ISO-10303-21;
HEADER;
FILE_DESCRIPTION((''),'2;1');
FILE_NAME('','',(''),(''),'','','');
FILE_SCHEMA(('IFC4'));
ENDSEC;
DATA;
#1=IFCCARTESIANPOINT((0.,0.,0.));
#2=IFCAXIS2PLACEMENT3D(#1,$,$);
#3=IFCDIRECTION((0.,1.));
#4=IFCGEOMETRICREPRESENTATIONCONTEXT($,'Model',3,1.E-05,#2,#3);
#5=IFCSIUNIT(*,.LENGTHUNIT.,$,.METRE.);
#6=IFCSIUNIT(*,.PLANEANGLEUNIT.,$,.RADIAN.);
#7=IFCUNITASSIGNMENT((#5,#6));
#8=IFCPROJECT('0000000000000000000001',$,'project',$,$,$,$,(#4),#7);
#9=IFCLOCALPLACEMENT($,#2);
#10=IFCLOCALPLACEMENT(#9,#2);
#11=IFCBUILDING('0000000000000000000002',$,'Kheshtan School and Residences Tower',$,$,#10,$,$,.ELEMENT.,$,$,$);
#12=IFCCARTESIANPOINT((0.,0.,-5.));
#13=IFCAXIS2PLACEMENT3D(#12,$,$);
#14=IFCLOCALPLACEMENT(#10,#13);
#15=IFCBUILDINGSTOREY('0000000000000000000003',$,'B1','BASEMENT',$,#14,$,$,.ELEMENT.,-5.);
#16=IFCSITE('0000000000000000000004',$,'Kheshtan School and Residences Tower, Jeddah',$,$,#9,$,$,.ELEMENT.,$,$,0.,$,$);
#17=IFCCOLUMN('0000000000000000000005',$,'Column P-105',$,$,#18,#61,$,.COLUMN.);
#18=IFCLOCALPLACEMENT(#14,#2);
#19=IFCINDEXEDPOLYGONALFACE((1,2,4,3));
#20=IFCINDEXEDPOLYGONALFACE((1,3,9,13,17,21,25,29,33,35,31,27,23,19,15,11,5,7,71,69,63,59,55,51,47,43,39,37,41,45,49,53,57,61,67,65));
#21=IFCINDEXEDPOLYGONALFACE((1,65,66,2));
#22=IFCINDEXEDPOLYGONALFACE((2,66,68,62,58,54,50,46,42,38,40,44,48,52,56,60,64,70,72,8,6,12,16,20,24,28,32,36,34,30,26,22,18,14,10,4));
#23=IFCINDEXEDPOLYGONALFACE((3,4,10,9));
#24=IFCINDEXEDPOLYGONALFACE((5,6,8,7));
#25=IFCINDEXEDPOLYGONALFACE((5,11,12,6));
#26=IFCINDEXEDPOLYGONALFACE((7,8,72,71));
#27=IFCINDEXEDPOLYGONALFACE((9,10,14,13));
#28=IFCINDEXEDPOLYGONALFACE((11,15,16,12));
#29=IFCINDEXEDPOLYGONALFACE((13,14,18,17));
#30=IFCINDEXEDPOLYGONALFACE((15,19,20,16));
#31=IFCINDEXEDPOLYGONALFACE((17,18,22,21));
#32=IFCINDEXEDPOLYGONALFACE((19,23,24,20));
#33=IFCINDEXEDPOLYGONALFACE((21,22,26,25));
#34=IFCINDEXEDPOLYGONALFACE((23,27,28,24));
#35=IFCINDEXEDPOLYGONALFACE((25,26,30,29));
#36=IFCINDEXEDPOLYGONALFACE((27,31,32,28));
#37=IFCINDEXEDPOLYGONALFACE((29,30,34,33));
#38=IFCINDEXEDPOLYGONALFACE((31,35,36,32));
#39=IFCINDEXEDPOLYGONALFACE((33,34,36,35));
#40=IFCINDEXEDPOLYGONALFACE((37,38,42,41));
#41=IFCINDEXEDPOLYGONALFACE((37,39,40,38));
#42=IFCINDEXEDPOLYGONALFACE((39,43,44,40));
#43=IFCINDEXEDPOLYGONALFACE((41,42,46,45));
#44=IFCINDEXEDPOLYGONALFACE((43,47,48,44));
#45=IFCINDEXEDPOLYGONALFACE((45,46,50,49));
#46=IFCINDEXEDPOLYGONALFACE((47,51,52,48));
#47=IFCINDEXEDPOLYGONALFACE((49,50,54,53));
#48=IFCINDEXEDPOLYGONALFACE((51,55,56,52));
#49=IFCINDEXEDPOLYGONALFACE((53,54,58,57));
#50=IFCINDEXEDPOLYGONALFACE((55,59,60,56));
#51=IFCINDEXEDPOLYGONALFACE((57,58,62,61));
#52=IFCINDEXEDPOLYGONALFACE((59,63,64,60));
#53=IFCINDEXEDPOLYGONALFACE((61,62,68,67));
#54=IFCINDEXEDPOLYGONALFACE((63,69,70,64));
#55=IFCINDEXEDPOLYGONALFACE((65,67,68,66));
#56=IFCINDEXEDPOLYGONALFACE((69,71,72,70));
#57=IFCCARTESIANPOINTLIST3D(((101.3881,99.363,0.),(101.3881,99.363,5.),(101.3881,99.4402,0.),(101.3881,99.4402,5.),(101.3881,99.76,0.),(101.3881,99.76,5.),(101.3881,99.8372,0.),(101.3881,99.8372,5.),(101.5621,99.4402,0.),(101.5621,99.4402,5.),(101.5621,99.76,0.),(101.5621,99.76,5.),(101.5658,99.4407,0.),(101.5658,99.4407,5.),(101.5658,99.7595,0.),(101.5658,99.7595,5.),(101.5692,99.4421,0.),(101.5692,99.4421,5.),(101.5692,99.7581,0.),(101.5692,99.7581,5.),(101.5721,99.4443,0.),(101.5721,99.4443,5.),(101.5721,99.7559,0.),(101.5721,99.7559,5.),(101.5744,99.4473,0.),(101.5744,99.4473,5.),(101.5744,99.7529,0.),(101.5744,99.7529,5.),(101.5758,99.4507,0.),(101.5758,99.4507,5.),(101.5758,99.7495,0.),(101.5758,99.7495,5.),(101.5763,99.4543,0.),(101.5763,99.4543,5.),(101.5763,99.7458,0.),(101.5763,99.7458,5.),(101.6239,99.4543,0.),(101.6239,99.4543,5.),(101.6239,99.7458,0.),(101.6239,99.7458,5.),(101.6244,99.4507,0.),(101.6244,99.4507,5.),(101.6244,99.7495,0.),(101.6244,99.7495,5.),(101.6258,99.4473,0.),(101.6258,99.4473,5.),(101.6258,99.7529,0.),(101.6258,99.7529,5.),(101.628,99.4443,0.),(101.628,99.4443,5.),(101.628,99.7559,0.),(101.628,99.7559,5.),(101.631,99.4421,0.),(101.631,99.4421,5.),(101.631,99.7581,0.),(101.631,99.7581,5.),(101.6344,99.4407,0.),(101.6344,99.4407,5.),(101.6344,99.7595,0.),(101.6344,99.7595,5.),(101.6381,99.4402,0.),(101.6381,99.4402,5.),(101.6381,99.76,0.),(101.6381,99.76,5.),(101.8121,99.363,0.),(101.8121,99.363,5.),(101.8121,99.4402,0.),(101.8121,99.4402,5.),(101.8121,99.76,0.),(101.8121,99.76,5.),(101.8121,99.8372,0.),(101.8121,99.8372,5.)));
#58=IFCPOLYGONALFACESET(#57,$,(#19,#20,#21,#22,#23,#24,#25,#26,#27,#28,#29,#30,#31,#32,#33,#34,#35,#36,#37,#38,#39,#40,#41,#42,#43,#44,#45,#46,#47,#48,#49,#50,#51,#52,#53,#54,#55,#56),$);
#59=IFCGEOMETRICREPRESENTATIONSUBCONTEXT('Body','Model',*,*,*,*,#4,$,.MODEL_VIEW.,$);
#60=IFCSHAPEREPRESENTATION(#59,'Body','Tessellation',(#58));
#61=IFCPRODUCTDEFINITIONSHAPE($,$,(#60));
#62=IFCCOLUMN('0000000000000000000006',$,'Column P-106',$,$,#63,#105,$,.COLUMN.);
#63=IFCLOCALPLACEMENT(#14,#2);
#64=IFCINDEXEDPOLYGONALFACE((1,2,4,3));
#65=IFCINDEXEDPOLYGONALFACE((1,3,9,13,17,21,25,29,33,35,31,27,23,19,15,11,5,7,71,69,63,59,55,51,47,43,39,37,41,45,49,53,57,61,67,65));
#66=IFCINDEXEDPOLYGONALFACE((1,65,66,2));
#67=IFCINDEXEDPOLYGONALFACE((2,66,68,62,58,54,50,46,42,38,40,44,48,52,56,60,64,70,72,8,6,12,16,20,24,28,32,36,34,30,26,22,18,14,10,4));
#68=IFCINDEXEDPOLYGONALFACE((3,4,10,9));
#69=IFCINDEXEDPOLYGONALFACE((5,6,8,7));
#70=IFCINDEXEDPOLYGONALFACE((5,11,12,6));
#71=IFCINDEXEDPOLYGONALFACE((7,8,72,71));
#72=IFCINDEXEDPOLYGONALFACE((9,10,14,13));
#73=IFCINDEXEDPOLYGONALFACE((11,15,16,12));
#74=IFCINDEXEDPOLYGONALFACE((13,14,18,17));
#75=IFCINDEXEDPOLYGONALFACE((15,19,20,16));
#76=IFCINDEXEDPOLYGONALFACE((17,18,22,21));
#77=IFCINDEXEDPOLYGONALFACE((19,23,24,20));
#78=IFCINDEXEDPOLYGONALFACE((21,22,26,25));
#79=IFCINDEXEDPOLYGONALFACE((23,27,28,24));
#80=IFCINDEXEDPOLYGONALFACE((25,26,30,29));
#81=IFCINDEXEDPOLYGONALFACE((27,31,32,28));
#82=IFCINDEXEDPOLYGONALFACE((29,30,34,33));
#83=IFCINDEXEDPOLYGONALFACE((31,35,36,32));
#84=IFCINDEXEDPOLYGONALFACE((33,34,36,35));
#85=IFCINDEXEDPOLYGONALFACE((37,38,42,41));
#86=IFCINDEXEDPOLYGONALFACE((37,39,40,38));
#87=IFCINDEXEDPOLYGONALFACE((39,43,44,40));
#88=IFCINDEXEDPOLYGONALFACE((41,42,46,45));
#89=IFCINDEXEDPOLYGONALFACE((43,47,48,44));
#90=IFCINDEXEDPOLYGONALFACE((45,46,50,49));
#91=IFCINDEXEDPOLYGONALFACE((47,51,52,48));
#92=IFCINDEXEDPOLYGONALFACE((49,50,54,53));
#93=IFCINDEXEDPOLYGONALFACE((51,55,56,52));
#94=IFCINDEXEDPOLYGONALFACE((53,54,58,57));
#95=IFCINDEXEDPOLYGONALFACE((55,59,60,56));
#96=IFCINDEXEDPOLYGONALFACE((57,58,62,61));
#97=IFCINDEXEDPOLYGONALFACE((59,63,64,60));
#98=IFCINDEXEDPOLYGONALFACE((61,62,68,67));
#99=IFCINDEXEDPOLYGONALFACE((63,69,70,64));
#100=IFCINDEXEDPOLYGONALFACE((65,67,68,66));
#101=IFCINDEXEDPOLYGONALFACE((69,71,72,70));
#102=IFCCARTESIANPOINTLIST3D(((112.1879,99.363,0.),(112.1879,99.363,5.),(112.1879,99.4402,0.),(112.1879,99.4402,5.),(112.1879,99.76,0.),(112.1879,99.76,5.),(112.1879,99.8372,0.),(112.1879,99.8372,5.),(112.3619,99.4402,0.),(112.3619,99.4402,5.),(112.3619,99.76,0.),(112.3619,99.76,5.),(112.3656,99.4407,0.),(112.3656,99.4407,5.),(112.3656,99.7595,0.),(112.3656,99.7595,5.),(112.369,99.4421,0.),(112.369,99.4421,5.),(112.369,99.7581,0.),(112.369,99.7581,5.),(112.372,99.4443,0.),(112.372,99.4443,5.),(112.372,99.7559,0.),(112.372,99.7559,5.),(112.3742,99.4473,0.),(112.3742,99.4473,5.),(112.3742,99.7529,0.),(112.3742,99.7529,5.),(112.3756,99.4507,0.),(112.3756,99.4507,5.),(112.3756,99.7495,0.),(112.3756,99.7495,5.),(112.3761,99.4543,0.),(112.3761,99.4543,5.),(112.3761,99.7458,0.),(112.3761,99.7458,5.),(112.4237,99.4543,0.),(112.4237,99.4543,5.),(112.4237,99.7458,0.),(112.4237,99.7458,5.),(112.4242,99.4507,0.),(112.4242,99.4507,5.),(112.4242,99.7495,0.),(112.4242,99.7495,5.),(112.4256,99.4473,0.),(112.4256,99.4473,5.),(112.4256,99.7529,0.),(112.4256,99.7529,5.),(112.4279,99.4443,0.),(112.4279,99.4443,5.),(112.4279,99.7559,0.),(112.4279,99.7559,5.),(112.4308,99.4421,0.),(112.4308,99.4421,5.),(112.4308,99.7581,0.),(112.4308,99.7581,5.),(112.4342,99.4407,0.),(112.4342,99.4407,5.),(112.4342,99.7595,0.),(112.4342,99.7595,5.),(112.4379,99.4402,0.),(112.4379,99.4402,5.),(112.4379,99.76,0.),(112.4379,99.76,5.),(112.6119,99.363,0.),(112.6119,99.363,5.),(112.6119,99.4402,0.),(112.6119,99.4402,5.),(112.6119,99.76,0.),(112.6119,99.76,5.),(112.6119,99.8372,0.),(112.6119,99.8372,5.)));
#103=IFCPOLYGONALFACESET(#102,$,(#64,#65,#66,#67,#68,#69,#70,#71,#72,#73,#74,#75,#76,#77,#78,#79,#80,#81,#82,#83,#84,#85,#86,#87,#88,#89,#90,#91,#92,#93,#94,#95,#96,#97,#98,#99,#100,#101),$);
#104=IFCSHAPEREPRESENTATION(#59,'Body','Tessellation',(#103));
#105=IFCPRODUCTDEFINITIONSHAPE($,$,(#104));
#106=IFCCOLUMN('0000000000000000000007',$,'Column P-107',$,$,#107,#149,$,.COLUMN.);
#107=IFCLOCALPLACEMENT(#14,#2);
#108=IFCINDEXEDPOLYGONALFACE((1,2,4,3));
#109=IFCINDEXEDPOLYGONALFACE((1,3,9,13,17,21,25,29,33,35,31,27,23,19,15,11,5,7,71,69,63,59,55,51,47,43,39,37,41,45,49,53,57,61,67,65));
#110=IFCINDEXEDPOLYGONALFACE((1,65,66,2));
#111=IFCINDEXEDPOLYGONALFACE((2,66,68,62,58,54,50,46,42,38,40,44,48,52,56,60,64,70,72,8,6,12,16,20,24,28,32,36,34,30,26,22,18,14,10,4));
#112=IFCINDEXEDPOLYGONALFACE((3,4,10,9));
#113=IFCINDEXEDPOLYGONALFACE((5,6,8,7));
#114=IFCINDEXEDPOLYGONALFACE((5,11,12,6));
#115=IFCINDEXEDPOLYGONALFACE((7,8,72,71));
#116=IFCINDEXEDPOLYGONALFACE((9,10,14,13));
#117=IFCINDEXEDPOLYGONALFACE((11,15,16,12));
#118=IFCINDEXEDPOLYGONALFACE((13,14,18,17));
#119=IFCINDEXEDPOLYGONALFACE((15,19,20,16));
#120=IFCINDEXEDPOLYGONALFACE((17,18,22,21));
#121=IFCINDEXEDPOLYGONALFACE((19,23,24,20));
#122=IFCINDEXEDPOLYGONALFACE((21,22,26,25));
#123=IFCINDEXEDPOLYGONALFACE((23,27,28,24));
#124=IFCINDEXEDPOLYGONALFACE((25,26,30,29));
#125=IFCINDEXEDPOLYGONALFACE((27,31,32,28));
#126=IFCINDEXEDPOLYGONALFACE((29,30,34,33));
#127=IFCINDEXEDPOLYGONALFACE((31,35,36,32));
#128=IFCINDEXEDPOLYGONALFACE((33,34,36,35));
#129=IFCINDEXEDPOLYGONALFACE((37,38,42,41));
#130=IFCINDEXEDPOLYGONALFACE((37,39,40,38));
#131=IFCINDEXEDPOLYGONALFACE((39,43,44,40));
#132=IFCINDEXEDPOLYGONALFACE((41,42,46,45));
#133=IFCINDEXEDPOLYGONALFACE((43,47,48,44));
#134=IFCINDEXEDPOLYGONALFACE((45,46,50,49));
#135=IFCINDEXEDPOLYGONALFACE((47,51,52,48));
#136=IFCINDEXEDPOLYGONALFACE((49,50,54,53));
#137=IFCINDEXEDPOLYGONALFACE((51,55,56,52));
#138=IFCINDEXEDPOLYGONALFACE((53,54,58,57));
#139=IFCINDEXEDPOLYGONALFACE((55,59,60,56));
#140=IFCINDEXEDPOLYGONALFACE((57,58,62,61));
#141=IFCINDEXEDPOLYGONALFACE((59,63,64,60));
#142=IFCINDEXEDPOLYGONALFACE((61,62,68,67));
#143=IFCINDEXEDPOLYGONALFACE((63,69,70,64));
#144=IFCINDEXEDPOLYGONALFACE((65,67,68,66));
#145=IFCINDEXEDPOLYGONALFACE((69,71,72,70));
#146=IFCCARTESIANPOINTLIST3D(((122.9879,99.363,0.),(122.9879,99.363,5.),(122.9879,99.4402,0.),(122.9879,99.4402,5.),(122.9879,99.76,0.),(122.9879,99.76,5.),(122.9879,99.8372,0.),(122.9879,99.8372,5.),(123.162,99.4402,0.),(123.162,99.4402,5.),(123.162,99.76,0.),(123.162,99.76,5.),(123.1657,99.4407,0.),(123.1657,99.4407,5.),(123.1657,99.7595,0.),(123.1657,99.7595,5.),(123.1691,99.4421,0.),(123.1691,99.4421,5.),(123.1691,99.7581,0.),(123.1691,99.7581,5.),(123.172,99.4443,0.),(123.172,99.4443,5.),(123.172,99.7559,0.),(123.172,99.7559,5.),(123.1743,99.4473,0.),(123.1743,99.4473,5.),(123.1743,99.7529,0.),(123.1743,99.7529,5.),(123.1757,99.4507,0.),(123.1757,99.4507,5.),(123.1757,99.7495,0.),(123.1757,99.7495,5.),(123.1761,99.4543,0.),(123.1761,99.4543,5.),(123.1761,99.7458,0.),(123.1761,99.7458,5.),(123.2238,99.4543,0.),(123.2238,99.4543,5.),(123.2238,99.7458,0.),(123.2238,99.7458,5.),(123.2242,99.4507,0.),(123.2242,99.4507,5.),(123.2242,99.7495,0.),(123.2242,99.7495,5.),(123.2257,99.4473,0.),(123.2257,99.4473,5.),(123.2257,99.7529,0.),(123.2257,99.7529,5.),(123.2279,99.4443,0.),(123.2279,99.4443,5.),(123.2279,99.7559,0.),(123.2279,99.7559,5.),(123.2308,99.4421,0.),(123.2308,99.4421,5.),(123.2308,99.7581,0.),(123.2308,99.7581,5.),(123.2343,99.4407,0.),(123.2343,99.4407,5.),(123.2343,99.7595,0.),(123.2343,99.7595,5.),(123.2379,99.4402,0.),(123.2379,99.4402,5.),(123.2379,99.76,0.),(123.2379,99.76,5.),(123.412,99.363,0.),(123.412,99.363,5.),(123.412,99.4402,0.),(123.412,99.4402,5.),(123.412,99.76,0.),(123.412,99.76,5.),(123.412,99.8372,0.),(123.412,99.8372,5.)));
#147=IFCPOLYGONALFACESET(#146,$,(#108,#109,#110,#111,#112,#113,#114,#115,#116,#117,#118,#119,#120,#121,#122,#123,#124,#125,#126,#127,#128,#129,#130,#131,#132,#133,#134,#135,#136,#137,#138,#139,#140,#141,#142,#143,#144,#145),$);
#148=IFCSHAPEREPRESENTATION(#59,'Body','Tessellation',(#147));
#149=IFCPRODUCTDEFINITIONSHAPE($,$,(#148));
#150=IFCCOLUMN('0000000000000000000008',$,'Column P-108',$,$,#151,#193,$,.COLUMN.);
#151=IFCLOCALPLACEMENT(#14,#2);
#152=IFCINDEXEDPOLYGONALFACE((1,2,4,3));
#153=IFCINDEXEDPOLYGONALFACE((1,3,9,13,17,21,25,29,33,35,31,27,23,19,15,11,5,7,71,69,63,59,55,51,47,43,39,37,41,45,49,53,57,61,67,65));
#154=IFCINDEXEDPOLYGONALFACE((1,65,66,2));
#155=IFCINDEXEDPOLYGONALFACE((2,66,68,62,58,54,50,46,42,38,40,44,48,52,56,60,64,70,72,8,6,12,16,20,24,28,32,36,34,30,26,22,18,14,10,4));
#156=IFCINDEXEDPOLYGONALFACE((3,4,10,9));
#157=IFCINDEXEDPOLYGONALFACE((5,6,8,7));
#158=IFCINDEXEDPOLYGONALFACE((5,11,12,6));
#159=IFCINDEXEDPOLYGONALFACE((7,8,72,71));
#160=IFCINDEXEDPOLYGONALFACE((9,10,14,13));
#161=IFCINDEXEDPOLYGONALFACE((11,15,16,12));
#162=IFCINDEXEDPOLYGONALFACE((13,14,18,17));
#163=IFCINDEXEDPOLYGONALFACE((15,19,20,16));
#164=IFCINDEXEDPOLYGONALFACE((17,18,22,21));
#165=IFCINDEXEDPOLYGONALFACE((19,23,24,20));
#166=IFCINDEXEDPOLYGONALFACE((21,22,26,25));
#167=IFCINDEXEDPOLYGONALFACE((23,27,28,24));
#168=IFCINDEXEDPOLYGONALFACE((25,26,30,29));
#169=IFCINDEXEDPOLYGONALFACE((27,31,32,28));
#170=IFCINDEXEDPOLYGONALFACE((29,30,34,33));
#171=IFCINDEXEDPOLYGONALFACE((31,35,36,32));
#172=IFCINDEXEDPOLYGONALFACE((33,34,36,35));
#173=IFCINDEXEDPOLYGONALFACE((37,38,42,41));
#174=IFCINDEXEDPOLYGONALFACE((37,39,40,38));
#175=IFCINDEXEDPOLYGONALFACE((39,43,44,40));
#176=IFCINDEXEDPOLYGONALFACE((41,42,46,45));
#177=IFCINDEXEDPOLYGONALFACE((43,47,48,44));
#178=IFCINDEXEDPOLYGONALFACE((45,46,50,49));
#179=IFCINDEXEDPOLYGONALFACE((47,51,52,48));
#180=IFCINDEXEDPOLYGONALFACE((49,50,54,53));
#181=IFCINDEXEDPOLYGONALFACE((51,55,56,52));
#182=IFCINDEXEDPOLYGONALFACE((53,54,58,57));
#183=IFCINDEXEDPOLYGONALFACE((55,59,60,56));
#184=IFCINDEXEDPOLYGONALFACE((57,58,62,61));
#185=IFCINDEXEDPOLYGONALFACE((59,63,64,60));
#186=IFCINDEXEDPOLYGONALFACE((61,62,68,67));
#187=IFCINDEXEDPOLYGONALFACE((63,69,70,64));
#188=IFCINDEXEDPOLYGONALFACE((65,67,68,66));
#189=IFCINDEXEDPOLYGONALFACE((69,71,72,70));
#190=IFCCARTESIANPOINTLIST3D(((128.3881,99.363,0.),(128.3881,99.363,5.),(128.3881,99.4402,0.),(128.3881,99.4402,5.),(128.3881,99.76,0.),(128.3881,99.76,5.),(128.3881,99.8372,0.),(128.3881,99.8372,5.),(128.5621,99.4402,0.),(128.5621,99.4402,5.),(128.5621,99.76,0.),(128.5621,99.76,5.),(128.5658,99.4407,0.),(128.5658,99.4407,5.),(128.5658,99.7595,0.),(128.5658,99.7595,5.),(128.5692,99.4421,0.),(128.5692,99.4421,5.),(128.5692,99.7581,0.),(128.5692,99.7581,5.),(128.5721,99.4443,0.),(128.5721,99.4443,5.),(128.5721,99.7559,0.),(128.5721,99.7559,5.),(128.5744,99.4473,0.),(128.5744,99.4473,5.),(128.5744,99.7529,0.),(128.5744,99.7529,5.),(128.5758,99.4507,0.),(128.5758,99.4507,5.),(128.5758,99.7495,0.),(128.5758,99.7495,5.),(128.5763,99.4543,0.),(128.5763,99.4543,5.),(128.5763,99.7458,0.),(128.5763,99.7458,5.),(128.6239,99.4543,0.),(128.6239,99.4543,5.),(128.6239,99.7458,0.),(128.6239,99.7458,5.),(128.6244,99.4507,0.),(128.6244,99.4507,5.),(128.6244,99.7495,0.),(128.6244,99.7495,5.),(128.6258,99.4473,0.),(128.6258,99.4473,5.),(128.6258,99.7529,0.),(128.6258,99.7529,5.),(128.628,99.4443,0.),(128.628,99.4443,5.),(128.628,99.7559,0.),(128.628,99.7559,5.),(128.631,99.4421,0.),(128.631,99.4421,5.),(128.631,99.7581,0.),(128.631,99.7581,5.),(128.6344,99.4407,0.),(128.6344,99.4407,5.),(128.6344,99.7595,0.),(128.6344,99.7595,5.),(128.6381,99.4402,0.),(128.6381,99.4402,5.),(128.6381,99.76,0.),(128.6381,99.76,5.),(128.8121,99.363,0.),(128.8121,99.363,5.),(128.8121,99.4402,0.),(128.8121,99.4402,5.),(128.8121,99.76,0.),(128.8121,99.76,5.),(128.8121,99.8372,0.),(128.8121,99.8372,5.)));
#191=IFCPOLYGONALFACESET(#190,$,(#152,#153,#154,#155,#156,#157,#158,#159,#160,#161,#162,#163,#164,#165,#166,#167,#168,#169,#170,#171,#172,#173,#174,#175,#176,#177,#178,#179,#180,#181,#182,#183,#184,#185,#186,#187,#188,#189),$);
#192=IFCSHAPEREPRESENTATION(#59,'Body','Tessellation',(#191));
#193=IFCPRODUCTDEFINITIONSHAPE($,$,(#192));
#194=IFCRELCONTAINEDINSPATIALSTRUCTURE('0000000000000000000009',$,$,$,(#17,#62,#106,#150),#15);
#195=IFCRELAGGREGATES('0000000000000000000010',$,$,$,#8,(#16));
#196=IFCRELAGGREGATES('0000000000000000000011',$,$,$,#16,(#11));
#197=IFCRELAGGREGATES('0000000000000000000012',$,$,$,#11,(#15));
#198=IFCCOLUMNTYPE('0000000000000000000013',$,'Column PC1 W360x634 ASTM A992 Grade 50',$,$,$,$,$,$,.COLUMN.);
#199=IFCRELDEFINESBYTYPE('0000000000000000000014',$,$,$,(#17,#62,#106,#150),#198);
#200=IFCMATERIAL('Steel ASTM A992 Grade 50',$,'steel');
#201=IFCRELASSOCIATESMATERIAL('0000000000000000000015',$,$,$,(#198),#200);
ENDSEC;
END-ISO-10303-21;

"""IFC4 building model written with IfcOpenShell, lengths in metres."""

from ifc_helpers import new_model, si_unit, direction, frame, origin, origin_2d, place, context, subcontext, project, spatial, i_section, extrude, material, material_profile, profile_set, type_object, element, save


model = new_model("IFC4")

# Units and contexts
model_context = context("Model", 3, precision=1e-05, world=origin(), true_north=direction((0.0, 1.0)))
body_context = subcontext(model_context, "Body", "Model", "MODEL_VIEW")
ifc_project = project(units=[si_unit("LENGTHUNIT", "METRE"), si_unit("PLANEANGLEUNIT", "RADIAN")], contexts=[model_context])

# Site, building, storey
site_placement = place(None, origin())
site = spatial("IfcSite", under=ifc_project, at=site_placement, Name="Kheshtan School and Residences Tower, Jeddah", CompositionType="ELEMENT", RefElevation=0.0)
building_placement = place(site_placement, origin())
building = spatial("IfcBuilding", under=site, at=building_placement, Name="Kheshtan School and Residences Tower", CompositionType="ELEMENT")
storey_placement = place(building_placement, frame((0.0, 0.0, -5.0)))
storey = spatial("IfcBuildingStorey", under=building, at=storey_placement, Name="B1", Description="BASEMENT", CompositionType="ELEMENT", Elevation=-5.0)

# Columns
ifc_material_1 = material(Name="Steel ASTM A992 Grade 50", Category="steel")
ifc_material_profile = material_profile(ifc_material_1, i_section(OverallWidth=0.4241, OverallDepth=0.4741, WebThickness=0.0476, FlangeThickness=0.0771, FilletRadius=0.0142, at=origin_2d()), Name="W360x634")
ifc_profile_set = profile_set([ifc_material_profile], Name="Steel ASTM A992 Grade 50")
column_type = type_object("IfcColumnType", Name="Column PC1 W360x634 ASTM A992 Grade 50", PredefinedType="COLUMN", material=ifc_profile_set)
for number, where, z_axis, x_axis, name in (
    (1, (101.6001, 99.6001, 0.0), (0.0, 0.0, 1.0), (1.0, 0.0, 0.0), "Column P-105"),
    (2, (112.3999, 99.6001, 0.0), (0.0, 0.0, 1.0), (1.0, 0.0, 0.0), "Column P-106"),
    (3, (123.2, 99.6001, 0.0), (0.0, 0.0, 1.0), (1.0, 0.0, 0.0), "Column P-107"),
    (4, (128.6001, 99.6001, 0.0), (0.0, 0.0, 1.0), (1.0, 0.0, 0.0), "Column P-108"),
):
    element("IfcColumn", number, at=place(storey_placement, frame(where, z_axis=z_axis, x_axis=x_axis)), inside=storey, type_object=column_type, Name=name, PredefinedType="COLUMN", context=body_context, shape_type="SweptSolid", body=[
        extrude(i_section(OverallWidth=0.4241, OverallDepth=0.4741, WebThickness=0.0476, FlangeThickness=0.0771, FilletRadius=0.0142, at=origin_2d()), origin(), (0.0, 0.0, 1.0), 5.0),
    ])

save(model, "model.ifc")
